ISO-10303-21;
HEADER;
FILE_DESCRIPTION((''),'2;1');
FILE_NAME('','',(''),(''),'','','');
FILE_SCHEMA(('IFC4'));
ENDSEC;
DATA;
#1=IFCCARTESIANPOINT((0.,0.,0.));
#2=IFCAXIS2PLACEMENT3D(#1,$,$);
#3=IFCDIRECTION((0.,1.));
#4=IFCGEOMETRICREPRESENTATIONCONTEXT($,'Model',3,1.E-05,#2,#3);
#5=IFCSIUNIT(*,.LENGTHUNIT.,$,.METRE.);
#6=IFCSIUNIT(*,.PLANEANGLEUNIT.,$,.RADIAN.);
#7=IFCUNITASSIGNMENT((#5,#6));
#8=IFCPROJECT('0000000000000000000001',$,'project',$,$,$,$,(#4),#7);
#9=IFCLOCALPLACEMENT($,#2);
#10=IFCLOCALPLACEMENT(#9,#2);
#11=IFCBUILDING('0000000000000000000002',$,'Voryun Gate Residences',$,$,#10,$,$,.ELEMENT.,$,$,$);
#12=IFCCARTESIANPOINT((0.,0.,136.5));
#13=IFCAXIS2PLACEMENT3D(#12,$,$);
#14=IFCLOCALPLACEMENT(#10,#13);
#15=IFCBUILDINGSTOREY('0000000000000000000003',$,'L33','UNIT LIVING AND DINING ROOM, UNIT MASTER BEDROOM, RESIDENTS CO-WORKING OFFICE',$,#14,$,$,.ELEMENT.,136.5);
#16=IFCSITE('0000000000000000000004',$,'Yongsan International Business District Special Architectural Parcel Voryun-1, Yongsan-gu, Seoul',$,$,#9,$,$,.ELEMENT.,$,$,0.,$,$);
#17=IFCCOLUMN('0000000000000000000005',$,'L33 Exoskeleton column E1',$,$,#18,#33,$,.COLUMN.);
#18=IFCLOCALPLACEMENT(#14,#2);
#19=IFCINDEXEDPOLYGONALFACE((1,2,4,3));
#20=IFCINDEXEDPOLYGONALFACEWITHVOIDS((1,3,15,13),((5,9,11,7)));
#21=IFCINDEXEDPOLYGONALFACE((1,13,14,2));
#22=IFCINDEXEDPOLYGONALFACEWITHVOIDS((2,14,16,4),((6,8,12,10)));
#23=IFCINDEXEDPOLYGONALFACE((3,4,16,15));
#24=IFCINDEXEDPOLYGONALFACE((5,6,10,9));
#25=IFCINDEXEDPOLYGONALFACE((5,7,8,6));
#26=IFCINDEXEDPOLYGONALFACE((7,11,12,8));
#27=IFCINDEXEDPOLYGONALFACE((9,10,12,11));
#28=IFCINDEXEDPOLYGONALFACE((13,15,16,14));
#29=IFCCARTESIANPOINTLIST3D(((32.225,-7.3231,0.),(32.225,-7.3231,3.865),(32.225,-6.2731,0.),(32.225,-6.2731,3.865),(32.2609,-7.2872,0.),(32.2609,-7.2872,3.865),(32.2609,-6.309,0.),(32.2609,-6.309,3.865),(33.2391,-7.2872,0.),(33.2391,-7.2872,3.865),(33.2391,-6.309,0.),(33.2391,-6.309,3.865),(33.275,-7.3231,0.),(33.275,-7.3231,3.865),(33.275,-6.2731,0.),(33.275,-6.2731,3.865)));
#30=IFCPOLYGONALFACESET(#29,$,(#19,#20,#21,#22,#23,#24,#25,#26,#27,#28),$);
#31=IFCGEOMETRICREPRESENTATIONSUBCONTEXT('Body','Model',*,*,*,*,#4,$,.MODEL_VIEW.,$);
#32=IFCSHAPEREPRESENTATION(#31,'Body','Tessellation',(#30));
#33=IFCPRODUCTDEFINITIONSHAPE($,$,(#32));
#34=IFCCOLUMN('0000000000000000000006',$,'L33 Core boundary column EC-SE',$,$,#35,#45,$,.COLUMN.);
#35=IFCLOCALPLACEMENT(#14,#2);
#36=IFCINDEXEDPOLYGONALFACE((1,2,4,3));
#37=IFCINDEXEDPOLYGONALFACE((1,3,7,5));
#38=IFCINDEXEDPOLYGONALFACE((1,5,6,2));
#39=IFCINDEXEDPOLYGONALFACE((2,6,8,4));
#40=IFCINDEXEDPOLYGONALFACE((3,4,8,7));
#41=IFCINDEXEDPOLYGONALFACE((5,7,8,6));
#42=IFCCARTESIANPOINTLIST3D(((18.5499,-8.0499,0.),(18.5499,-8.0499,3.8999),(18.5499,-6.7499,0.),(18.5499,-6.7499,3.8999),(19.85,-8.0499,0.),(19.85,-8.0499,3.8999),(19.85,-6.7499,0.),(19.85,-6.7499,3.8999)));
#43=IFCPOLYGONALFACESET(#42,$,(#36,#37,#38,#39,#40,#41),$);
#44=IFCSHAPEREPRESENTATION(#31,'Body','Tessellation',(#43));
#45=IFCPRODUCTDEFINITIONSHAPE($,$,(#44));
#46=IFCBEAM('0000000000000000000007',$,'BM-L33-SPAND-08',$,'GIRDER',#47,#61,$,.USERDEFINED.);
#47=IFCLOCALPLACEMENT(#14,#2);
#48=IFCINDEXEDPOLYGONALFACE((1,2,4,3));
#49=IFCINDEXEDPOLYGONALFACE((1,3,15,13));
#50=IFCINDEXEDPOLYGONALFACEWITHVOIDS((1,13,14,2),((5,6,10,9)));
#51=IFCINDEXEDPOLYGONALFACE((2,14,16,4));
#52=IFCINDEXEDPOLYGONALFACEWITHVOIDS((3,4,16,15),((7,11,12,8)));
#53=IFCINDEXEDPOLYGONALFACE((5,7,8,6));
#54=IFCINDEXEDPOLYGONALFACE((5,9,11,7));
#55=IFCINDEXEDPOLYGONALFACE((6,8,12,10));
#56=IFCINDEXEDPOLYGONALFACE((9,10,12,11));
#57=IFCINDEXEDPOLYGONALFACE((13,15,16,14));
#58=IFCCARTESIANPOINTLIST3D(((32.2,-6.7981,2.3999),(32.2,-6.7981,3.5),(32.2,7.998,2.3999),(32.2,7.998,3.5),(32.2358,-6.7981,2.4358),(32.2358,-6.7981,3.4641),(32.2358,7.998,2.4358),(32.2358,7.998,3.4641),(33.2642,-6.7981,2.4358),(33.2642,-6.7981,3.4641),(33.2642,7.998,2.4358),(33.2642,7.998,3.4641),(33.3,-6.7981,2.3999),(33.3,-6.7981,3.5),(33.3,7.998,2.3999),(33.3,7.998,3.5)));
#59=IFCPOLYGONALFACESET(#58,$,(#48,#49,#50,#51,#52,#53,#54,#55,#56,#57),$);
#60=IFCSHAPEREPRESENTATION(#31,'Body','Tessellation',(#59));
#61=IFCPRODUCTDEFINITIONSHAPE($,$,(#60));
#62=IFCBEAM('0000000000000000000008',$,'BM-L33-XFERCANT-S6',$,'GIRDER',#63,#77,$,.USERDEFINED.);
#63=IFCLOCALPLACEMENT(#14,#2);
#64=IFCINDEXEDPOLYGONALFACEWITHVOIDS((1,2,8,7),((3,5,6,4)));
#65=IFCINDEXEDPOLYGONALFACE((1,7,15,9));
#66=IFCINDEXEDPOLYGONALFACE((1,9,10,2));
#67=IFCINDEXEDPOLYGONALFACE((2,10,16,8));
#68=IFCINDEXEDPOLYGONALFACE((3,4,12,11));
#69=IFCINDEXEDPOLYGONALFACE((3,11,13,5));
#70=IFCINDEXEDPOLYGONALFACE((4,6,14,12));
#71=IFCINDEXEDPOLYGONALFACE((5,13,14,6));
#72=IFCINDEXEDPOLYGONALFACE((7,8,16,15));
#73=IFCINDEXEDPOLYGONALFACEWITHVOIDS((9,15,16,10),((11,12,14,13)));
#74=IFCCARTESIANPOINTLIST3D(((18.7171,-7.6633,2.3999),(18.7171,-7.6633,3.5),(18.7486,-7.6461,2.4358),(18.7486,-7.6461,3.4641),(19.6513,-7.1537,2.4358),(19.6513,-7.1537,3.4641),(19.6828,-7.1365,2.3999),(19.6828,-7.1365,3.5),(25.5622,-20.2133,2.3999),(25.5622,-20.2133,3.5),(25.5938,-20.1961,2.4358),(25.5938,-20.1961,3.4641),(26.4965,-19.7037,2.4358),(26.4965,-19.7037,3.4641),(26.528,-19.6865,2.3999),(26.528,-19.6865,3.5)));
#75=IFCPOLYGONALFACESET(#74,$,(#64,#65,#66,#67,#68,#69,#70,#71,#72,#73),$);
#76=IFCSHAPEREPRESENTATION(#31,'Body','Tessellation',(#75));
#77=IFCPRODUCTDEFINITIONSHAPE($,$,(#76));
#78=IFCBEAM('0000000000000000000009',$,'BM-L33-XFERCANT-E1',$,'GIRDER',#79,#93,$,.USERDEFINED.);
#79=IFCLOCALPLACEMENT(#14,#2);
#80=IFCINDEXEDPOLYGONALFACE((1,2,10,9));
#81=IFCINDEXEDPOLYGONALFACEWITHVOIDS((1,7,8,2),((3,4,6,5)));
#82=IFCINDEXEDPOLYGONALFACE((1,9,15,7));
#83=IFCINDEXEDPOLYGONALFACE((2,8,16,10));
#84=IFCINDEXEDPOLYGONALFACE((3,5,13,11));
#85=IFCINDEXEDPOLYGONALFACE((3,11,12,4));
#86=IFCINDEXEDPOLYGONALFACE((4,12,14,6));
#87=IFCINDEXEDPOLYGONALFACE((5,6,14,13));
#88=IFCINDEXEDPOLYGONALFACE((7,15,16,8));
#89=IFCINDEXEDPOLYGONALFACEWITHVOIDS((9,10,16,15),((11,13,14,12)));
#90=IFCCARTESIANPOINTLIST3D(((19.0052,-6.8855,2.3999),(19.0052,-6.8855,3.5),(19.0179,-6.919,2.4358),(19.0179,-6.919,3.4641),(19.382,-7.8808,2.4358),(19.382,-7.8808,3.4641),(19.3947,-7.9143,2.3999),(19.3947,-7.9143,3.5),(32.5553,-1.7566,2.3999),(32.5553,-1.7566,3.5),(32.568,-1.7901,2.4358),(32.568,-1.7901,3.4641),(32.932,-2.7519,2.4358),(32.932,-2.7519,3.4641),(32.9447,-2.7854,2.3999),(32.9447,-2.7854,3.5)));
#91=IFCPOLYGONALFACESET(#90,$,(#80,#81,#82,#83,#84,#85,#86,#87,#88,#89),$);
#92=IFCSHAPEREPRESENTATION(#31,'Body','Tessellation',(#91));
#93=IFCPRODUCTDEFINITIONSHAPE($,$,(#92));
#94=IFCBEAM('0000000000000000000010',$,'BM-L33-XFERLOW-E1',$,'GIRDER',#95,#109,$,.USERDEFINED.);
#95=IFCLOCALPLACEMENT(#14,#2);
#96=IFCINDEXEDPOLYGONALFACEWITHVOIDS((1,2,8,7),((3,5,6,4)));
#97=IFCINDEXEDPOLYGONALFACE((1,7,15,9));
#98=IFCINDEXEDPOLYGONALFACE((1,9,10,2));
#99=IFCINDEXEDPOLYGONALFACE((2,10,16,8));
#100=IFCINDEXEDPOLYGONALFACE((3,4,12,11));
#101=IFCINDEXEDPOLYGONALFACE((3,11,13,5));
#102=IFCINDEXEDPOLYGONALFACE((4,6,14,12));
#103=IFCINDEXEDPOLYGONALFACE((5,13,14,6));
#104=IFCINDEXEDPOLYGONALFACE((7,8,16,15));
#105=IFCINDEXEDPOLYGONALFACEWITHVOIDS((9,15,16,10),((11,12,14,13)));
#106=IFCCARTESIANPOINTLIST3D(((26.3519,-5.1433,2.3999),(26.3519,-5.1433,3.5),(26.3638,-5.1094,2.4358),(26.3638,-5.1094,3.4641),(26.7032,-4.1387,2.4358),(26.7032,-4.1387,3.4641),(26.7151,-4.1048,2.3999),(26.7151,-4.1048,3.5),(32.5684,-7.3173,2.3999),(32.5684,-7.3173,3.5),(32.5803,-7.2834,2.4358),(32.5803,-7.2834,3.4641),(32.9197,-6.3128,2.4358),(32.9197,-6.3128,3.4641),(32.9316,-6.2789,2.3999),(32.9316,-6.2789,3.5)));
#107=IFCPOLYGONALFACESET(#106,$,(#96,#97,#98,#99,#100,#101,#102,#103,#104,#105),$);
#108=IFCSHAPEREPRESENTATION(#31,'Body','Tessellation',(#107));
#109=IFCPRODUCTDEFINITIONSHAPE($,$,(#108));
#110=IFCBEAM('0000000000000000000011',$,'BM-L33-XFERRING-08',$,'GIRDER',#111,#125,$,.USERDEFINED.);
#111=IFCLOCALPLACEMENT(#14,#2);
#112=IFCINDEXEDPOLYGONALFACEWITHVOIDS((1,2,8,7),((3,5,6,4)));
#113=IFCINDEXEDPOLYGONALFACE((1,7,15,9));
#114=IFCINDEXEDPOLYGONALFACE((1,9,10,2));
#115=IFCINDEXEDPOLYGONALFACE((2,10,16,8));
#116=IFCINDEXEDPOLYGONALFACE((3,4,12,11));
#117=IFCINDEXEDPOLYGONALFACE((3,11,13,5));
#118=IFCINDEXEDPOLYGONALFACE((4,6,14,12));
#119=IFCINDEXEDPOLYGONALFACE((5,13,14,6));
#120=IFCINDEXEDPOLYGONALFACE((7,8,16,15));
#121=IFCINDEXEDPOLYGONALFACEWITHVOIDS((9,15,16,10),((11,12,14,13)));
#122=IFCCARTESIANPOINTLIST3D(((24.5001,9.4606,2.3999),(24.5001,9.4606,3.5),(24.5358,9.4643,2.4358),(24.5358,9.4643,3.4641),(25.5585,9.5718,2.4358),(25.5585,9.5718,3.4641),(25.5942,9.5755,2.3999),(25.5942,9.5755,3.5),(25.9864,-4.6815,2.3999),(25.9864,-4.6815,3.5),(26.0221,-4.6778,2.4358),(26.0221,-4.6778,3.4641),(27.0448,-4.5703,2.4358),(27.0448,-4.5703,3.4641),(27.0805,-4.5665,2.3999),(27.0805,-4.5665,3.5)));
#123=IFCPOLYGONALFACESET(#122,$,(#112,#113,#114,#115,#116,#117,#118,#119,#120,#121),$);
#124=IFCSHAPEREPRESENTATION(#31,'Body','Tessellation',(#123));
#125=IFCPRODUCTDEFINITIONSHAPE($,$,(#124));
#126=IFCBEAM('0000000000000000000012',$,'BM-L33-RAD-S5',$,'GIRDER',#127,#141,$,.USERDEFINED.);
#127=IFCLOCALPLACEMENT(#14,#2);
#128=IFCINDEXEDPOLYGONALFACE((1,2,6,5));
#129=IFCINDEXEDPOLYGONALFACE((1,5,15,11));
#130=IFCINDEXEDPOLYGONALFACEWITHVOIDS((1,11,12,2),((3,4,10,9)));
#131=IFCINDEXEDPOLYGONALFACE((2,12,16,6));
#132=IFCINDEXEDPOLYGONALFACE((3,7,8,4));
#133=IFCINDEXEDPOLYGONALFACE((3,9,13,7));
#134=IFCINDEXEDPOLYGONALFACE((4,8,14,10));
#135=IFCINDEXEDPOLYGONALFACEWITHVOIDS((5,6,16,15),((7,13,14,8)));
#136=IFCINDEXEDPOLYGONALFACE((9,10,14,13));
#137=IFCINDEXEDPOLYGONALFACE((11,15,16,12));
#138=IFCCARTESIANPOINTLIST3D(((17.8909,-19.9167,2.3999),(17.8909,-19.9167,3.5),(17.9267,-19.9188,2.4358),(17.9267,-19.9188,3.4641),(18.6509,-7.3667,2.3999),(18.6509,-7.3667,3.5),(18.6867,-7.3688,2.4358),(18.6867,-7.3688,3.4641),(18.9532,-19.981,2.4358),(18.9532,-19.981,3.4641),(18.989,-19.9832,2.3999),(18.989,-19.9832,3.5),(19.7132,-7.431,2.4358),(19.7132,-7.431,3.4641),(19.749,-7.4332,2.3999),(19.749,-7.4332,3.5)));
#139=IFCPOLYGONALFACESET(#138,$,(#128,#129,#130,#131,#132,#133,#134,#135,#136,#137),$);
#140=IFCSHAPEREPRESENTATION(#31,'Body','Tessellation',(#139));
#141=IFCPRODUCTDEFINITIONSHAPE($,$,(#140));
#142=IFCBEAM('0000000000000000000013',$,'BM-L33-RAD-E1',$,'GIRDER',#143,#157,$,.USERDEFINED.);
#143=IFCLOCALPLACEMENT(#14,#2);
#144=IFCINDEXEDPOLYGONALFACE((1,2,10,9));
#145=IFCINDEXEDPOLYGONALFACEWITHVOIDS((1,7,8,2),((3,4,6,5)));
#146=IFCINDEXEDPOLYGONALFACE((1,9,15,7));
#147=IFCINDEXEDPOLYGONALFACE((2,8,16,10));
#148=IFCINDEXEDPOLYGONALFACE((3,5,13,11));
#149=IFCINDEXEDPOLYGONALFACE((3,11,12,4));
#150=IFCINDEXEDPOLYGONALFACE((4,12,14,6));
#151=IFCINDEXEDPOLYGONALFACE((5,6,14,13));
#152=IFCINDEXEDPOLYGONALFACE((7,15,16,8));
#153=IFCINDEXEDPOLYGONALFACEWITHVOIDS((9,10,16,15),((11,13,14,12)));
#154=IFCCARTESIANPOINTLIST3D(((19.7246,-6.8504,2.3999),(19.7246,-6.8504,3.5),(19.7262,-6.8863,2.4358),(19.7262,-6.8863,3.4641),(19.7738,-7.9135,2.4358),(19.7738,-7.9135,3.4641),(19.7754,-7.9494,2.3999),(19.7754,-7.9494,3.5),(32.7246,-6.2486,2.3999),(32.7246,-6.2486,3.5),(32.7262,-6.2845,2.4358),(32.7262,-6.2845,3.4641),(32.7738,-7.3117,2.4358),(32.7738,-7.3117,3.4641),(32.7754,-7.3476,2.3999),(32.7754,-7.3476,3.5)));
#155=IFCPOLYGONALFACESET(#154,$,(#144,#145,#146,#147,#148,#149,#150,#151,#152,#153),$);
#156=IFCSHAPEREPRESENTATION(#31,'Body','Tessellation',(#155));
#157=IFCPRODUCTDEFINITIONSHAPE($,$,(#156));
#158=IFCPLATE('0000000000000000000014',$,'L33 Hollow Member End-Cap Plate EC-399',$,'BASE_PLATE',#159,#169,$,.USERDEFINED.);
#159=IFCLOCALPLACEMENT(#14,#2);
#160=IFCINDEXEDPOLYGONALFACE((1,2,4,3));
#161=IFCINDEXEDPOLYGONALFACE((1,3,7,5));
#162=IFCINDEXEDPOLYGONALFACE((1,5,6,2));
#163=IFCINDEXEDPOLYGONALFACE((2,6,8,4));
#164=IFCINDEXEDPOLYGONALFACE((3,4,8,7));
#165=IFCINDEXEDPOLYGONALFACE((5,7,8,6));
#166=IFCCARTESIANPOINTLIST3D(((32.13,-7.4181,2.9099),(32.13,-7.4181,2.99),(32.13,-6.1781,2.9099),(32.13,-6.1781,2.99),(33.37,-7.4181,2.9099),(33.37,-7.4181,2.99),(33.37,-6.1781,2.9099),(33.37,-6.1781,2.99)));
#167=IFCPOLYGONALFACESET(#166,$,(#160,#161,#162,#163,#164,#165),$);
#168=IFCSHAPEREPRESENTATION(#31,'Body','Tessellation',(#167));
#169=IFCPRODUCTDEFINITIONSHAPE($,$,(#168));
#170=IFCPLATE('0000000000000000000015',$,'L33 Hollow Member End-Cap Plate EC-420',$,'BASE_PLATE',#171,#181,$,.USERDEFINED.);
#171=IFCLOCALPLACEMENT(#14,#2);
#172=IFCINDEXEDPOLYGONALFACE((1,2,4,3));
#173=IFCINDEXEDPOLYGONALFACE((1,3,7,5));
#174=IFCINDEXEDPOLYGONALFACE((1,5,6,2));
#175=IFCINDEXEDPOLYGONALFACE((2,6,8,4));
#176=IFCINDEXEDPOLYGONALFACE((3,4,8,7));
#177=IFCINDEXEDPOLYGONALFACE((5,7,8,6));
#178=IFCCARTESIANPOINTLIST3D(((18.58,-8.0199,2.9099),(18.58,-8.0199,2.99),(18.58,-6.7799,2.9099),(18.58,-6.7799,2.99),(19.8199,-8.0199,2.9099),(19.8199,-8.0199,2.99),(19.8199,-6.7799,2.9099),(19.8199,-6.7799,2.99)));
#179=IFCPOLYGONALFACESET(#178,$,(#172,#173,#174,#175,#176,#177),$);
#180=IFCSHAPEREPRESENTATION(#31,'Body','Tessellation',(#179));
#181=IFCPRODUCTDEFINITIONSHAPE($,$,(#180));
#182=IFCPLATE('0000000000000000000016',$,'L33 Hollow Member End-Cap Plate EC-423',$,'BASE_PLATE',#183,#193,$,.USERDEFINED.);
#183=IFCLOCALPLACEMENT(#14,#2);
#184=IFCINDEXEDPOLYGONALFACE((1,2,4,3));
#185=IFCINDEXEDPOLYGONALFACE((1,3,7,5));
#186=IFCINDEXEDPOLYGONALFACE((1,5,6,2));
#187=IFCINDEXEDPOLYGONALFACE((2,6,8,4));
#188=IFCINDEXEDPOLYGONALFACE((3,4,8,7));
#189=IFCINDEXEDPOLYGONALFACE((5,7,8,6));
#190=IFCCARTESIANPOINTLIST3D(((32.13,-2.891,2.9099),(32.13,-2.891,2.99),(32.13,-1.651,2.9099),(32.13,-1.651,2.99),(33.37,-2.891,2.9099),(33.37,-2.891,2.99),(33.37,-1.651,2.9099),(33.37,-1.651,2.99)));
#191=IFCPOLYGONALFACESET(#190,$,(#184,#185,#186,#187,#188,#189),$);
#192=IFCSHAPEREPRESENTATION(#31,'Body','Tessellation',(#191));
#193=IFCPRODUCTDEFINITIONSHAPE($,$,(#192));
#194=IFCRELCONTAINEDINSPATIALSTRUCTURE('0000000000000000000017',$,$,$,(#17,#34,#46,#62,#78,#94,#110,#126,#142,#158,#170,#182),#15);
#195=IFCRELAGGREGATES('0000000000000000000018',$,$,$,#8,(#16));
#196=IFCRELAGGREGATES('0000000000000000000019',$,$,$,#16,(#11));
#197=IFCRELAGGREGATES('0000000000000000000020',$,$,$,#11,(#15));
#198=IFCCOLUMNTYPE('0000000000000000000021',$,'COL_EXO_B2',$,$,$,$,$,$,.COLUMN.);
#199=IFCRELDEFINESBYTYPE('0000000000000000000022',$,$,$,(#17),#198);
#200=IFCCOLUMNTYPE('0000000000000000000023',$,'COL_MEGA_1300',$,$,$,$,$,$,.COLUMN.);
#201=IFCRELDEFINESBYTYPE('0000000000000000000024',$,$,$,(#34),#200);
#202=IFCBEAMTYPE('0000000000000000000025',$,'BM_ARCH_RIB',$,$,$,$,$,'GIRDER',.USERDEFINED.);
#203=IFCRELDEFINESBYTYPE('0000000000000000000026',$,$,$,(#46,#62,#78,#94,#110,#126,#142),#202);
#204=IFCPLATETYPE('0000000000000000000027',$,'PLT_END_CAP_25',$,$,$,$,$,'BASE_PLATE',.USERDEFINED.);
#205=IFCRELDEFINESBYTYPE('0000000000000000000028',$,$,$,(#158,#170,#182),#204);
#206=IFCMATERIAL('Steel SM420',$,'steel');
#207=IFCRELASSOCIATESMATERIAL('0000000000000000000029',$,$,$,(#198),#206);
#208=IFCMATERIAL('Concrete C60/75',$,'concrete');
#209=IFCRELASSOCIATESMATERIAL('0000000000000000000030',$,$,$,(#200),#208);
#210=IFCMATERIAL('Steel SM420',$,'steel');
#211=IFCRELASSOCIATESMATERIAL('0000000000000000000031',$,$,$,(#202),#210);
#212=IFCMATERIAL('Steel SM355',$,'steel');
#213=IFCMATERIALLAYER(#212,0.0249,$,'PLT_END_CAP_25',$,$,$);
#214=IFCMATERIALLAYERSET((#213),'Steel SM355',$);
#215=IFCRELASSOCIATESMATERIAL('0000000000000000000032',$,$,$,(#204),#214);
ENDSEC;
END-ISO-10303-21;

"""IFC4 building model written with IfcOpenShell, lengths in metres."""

from ifc_helpers import new_model, si_unit, direction, frame, origin, origin_2d, place, context, subcontext, project, spatial, rectangle, hollow_rectangle, extrude, material, layer, layer_set, material_profile, profile_set, type_object, element, save


model = new_model("IFC4")

# Units and contexts
model_context = context("Model", 3, precision=1e-05, world=origin(), true_north=direction((0.0, 1.0)))
body_context = subcontext(model_context, "Body", "Model", "MODEL_VIEW")
ifc_project = project(units=[si_unit("LENGTHUNIT", "METRE"), si_unit("PLANEANGLEUNIT", "RADIAN")], contexts=[model_context])

# Site, building, storey
site_placement = place(None, origin())
site = spatial("IfcSite", under=ifc_project, at=site_placement, Name="Yongsan International Business District Special Architectural Parcel Voryun-1, Yongsan-gu, Seoul", CompositionType="ELEMENT", RefElevation=0.0)
building_placement = place(site_placement, origin())
building = spatial("IfcBuilding", under=site, at=building_placement, Name="Voryun Gate Residences", CompositionType="ELEMENT")
storey_placement = place(building_placement, frame((0.0, 0.0, 136.5)))
storey = spatial("IfcBuildingStorey", under=building, at=storey_placement, Name="L33", Description="UNIT LIVING AND DINING ROOM, UNIT MASTER BEDROOM, RESIDENTS CO-WORKING OFFICE", CompositionType="ELEMENT", Elevation=136.5)

# Columns
ifc_material_1 = material(Name="Steel SM420", Category="steel")
ifc_material_profile_1 = material_profile(ifc_material_1, hollow_rectangle(XDim=1.05, YDim=1.05, WallThickness=0.0359, at=origin_2d()), Name="BOX-1050x1050x36")
ifc_profile_set_1 = profile_set([ifc_material_profile_1], Name="Steel SM420")
column_type_1 = type_object("IfcColumnType", Name="COL_EXO_B2", PredefinedType="COLUMN", material=ifc_profile_set_1)
column_1_placement = place(storey_placement, frame((32.75, -6.7981, 0.0), z_axis=(0.0, 0.0, 1.0), x_axis=(1.0, 0.0, 0.0)))
element("IfcColumn", 1, at=column_1_placement, inside=storey, type_object=column_type_1, Name="L33 Exoskeleton column E1", PredefinedType="COLUMN", context=body_context, shape_type="SweptSolid", body=[
    extrude(hollow_rectangle(XDim=1.05, YDim=1.05, WallThickness=0.0359, at=origin_2d()), origin(), (0.0, 0.0, 1.0), 3.865),
])
ifc_material_2 = material(Name="Concrete C60/75", Category="concrete")
ifc_material_profile_2 = material_profile(ifc_material_2, rectangle(XDim=1.3, YDim=1.3, at=origin_2d()), Name="RC-1300x1300")
ifc_profile_set_2 = profile_set([ifc_material_profile_2], Name="Concrete C60/75")
column_type_2 = type_object("IfcColumnType", Name="COL_MEGA_1300", PredefinedType="COLUMN", material=ifc_profile_set_2)
column_2_placement = place(storey_placement, frame((19.2, -7.3999, 0.0), z_axis=(0.0, 0.0, 1.0), x_axis=(1.0, 0.0, 0.0)))
element("IfcColumn", 2, at=column_2_placement, inside=storey, type_object=column_type_2, Name="L33 Core boundary column EC-SE", PredefinedType="COLUMN", context=body_context, shape_type="SweptSolid", body=[
    extrude(rectangle(XDim=1.3, YDim=1.3, at=origin_2d()), origin(), (0.0, 0.0, 1.0), 3.8999),
])

# Beams
ifc_material_3 = material(Name="Steel SM420", Category="steel")
ifc_material_profile_3 = material_profile(ifc_material_3, hollow_rectangle(XDim=1.1001, YDim=1.1001, WallThickness=0.0359, at=origin_2d()), Name="BOX-1100x1100x36")
ifc_profile_set_3 = profile_set([ifc_material_profile_3], Name="Steel SM420")
beam_type = type_object("IfcBeamType", Name="BM_ARCH_RIB", ElementType="GIRDER", PredefinedType="USERDEFINED", material=ifc_profile_set_3)
beam_1_placement = place(storey_placement, frame((32.75, -6.7981, 2.95), z_axis=(0.0, 1.0, 0.0), x_axis=(-1.0, 0.0, 0.0)))
element("IfcBeam", 3, at=beam_1_placement, inside=storey, type_object=beam_type, Name="BM-L33-SPAND-08", ObjectType="GIRDER", PredefinedType="USERDEFINED", context=body_context, shape_type="SweptSolid", body=[
    extrude(hollow_rectangle(XDim=1.1001, YDim=1.1001, WallThickness=0.0359, at=origin_2d()), origin(), (0.0, 0.0, 1.0), 14.7961),
])
beam_2_placement = place(storey_placement, frame((19.2, -7.3999, 2.95), z_axis=(0.478838, -0.877903, 0.0), x_axis=(0.877903, 0.478838, 0.0)))
element("IfcBeam", 4, at=beam_2_placement, inside=storey, type_object=beam_type, Name="BM-L33-XFERCANT-S6", ObjectType="GIRDER", PredefinedType="USERDEFINED", context=body_context, shape_type="SweptSolid", body=[
    extrude(hollow_rectangle(XDim=1.1001, YDim=1.1001, WallThickness=0.0359, at=origin_2d()), origin(), (0.0, 0.0, 1.0), 14.2954),
])
beam_3_placement = place(storey_placement, frame((19.2, -7.3999, 2.95), z_axis=(0.935244, 0.354004, 0.0), x_axis=(-0.354004, 0.935244, 0.0)))
element("IfcBeam", 5, at=beam_3_placement, inside=storey, type_object=beam_type, Name="BM-L33-XFERCANT-E1", ObjectType="GIRDER", PredefinedType="USERDEFINED", context=body_context, shape_type="SweptSolid", body=[
    extrude(hollow_rectangle(XDim=1.1001, YDim=1.1001, WallThickness=0.0359, at=origin_2d()), origin(), (0.0, 0.0, 1.0), 14.4883),
])
beam_4_placement = place(storey_placement, frame((32.75, -6.7981, 2.95), z_axis=(-0.94394, 0.330118, 0.0), x_axis=(-0.330118, -0.94394, 0.0)))
element("IfcBeam", 6, at=beam_4_placement, inside=storey, type_object=beam_type, Name="BM-L33-XFERLOW-E1", ObjectType="GIRDER", PredefinedType="USERDEFINED", context=body_context, shape_type="SweptSolid", body=[
    extrude(hollow_rectangle(XDim=1.1001, YDim=1.1001, WallThickness=0.0359, at=origin_2d()), origin(), (0.0, 0.0, 1.0), 6.5857),
])
beam_5_placement = place(storey_placement, frame((26.5334, -4.624, 2.95), z_axis=(-0.104524, 0.994522, 0.0), x_axis=(-0.994522, -0.104524, 0.0)))
element("IfcBeam", 7, at=beam_5_placement, inside=storey, type_object=beam_type, Name="BM-L33-XFERRING-08", ObjectType="GIRDER", PredefinedType="USERDEFINED", context=body_context, shape_type="SweptSolid", body=[
    extrude(hollow_rectangle(XDim=1.1001, YDim=1.1001, WallThickness=0.0359, at=origin_2d()), origin(), (0.0, 0.0, 1.0), 14.22),
])
beam_6_placement = place(storey_placement, frame((19.2, -7.3999, 2.95), z_axis=(-0.060448, -0.998171, 0.0), x_axis=(0.998171, -0.060448, 0.0)))
element("IfcBeam", 8, at=beam_6_placement, inside=storey, type_object=beam_type, Name="BM-L33-RAD-S5", ObjectType="GIRDER", PredefinedType="USERDEFINED", context=body_context, shape_type="SweptSolid", body=[
    extrude(hollow_rectangle(XDim=1.1001, YDim=1.1001, WallThickness=0.0359, at=origin_2d()), origin(), (0.0, 0.0, 1.0), 12.573),
])
beam_7_placement = place(storey_placement, frame((19.75, -7.3999, 2.95), z_axis=(0.99893, 0.046243, 0.0), x_axis=(-0.046243, 0.99893, 0.0)))
element("IfcBeam", 9, at=beam_7_placement, inside=storey, type_object=beam_type, Name="BM-L33-RAD-E1", ObjectType="GIRDER", PredefinedType="USERDEFINED", context=body_context, shape_type="SweptSolid", body=[
    extrude(hollow_rectangle(XDim=1.1001, YDim=1.1001, WallThickness=0.0359, at=origin_2d()), origin(), (0.0, 0.0, 1.0), 13.0139),
])

# Plates
ifc_material_4 = material(Name="Steel SM355", Category="steel")
ifc_layer_1 = layer(ifc_material_4, 0.0249, Name="PLT_END_CAP_25")
ifc_layer_set_1 = layer_set([ifc_layer_1], Name="Steel SM355")
plate_type = type_object("IfcPlateType", Name="PLT_END_CAP_25", ElementType="BASE_PLATE", PredefinedType="USERDEFINED", material=ifc_layer_set_1)
for number, where, z_axis, x_axis, name in (
    (10, (32.75, -6.7981, 2.9099), (0.0, 0.0, 1.0), (1.0, 0.0, 0.0), "L33 Hollow Member End-Cap Plate EC-399"),
    (11, (19.2, -7.3999, 2.9099), (0.0, 0.0, 1.0), (1.0, 0.0, 0.0), "L33 Hollow Member End-Cap Plate EC-420"),
    (12, (32.75, -2.271, 2.9099), (0.0, 0.0, 1.0), (1.0, 0.0, 0.0), "L33 Hollow Member End-Cap Plate EC-423"),
):
    element("IfcPlate", number, at=place(storey_placement, frame(where, z_axis=z_axis, x_axis=x_axis)), inside=storey, type_object=plate_type, Name=name, ObjectType="BASE_PLATE", PredefinedType="USERDEFINED", context=body_context, shape_type="SweptSolid", body=[
        extrude(rectangle(XDim=1.24, YDim=1.24, at=origin_2d()), origin(), (0.0, 0.0, 1.0), 0.0801),
    ])

save(model, "model.ifc")
